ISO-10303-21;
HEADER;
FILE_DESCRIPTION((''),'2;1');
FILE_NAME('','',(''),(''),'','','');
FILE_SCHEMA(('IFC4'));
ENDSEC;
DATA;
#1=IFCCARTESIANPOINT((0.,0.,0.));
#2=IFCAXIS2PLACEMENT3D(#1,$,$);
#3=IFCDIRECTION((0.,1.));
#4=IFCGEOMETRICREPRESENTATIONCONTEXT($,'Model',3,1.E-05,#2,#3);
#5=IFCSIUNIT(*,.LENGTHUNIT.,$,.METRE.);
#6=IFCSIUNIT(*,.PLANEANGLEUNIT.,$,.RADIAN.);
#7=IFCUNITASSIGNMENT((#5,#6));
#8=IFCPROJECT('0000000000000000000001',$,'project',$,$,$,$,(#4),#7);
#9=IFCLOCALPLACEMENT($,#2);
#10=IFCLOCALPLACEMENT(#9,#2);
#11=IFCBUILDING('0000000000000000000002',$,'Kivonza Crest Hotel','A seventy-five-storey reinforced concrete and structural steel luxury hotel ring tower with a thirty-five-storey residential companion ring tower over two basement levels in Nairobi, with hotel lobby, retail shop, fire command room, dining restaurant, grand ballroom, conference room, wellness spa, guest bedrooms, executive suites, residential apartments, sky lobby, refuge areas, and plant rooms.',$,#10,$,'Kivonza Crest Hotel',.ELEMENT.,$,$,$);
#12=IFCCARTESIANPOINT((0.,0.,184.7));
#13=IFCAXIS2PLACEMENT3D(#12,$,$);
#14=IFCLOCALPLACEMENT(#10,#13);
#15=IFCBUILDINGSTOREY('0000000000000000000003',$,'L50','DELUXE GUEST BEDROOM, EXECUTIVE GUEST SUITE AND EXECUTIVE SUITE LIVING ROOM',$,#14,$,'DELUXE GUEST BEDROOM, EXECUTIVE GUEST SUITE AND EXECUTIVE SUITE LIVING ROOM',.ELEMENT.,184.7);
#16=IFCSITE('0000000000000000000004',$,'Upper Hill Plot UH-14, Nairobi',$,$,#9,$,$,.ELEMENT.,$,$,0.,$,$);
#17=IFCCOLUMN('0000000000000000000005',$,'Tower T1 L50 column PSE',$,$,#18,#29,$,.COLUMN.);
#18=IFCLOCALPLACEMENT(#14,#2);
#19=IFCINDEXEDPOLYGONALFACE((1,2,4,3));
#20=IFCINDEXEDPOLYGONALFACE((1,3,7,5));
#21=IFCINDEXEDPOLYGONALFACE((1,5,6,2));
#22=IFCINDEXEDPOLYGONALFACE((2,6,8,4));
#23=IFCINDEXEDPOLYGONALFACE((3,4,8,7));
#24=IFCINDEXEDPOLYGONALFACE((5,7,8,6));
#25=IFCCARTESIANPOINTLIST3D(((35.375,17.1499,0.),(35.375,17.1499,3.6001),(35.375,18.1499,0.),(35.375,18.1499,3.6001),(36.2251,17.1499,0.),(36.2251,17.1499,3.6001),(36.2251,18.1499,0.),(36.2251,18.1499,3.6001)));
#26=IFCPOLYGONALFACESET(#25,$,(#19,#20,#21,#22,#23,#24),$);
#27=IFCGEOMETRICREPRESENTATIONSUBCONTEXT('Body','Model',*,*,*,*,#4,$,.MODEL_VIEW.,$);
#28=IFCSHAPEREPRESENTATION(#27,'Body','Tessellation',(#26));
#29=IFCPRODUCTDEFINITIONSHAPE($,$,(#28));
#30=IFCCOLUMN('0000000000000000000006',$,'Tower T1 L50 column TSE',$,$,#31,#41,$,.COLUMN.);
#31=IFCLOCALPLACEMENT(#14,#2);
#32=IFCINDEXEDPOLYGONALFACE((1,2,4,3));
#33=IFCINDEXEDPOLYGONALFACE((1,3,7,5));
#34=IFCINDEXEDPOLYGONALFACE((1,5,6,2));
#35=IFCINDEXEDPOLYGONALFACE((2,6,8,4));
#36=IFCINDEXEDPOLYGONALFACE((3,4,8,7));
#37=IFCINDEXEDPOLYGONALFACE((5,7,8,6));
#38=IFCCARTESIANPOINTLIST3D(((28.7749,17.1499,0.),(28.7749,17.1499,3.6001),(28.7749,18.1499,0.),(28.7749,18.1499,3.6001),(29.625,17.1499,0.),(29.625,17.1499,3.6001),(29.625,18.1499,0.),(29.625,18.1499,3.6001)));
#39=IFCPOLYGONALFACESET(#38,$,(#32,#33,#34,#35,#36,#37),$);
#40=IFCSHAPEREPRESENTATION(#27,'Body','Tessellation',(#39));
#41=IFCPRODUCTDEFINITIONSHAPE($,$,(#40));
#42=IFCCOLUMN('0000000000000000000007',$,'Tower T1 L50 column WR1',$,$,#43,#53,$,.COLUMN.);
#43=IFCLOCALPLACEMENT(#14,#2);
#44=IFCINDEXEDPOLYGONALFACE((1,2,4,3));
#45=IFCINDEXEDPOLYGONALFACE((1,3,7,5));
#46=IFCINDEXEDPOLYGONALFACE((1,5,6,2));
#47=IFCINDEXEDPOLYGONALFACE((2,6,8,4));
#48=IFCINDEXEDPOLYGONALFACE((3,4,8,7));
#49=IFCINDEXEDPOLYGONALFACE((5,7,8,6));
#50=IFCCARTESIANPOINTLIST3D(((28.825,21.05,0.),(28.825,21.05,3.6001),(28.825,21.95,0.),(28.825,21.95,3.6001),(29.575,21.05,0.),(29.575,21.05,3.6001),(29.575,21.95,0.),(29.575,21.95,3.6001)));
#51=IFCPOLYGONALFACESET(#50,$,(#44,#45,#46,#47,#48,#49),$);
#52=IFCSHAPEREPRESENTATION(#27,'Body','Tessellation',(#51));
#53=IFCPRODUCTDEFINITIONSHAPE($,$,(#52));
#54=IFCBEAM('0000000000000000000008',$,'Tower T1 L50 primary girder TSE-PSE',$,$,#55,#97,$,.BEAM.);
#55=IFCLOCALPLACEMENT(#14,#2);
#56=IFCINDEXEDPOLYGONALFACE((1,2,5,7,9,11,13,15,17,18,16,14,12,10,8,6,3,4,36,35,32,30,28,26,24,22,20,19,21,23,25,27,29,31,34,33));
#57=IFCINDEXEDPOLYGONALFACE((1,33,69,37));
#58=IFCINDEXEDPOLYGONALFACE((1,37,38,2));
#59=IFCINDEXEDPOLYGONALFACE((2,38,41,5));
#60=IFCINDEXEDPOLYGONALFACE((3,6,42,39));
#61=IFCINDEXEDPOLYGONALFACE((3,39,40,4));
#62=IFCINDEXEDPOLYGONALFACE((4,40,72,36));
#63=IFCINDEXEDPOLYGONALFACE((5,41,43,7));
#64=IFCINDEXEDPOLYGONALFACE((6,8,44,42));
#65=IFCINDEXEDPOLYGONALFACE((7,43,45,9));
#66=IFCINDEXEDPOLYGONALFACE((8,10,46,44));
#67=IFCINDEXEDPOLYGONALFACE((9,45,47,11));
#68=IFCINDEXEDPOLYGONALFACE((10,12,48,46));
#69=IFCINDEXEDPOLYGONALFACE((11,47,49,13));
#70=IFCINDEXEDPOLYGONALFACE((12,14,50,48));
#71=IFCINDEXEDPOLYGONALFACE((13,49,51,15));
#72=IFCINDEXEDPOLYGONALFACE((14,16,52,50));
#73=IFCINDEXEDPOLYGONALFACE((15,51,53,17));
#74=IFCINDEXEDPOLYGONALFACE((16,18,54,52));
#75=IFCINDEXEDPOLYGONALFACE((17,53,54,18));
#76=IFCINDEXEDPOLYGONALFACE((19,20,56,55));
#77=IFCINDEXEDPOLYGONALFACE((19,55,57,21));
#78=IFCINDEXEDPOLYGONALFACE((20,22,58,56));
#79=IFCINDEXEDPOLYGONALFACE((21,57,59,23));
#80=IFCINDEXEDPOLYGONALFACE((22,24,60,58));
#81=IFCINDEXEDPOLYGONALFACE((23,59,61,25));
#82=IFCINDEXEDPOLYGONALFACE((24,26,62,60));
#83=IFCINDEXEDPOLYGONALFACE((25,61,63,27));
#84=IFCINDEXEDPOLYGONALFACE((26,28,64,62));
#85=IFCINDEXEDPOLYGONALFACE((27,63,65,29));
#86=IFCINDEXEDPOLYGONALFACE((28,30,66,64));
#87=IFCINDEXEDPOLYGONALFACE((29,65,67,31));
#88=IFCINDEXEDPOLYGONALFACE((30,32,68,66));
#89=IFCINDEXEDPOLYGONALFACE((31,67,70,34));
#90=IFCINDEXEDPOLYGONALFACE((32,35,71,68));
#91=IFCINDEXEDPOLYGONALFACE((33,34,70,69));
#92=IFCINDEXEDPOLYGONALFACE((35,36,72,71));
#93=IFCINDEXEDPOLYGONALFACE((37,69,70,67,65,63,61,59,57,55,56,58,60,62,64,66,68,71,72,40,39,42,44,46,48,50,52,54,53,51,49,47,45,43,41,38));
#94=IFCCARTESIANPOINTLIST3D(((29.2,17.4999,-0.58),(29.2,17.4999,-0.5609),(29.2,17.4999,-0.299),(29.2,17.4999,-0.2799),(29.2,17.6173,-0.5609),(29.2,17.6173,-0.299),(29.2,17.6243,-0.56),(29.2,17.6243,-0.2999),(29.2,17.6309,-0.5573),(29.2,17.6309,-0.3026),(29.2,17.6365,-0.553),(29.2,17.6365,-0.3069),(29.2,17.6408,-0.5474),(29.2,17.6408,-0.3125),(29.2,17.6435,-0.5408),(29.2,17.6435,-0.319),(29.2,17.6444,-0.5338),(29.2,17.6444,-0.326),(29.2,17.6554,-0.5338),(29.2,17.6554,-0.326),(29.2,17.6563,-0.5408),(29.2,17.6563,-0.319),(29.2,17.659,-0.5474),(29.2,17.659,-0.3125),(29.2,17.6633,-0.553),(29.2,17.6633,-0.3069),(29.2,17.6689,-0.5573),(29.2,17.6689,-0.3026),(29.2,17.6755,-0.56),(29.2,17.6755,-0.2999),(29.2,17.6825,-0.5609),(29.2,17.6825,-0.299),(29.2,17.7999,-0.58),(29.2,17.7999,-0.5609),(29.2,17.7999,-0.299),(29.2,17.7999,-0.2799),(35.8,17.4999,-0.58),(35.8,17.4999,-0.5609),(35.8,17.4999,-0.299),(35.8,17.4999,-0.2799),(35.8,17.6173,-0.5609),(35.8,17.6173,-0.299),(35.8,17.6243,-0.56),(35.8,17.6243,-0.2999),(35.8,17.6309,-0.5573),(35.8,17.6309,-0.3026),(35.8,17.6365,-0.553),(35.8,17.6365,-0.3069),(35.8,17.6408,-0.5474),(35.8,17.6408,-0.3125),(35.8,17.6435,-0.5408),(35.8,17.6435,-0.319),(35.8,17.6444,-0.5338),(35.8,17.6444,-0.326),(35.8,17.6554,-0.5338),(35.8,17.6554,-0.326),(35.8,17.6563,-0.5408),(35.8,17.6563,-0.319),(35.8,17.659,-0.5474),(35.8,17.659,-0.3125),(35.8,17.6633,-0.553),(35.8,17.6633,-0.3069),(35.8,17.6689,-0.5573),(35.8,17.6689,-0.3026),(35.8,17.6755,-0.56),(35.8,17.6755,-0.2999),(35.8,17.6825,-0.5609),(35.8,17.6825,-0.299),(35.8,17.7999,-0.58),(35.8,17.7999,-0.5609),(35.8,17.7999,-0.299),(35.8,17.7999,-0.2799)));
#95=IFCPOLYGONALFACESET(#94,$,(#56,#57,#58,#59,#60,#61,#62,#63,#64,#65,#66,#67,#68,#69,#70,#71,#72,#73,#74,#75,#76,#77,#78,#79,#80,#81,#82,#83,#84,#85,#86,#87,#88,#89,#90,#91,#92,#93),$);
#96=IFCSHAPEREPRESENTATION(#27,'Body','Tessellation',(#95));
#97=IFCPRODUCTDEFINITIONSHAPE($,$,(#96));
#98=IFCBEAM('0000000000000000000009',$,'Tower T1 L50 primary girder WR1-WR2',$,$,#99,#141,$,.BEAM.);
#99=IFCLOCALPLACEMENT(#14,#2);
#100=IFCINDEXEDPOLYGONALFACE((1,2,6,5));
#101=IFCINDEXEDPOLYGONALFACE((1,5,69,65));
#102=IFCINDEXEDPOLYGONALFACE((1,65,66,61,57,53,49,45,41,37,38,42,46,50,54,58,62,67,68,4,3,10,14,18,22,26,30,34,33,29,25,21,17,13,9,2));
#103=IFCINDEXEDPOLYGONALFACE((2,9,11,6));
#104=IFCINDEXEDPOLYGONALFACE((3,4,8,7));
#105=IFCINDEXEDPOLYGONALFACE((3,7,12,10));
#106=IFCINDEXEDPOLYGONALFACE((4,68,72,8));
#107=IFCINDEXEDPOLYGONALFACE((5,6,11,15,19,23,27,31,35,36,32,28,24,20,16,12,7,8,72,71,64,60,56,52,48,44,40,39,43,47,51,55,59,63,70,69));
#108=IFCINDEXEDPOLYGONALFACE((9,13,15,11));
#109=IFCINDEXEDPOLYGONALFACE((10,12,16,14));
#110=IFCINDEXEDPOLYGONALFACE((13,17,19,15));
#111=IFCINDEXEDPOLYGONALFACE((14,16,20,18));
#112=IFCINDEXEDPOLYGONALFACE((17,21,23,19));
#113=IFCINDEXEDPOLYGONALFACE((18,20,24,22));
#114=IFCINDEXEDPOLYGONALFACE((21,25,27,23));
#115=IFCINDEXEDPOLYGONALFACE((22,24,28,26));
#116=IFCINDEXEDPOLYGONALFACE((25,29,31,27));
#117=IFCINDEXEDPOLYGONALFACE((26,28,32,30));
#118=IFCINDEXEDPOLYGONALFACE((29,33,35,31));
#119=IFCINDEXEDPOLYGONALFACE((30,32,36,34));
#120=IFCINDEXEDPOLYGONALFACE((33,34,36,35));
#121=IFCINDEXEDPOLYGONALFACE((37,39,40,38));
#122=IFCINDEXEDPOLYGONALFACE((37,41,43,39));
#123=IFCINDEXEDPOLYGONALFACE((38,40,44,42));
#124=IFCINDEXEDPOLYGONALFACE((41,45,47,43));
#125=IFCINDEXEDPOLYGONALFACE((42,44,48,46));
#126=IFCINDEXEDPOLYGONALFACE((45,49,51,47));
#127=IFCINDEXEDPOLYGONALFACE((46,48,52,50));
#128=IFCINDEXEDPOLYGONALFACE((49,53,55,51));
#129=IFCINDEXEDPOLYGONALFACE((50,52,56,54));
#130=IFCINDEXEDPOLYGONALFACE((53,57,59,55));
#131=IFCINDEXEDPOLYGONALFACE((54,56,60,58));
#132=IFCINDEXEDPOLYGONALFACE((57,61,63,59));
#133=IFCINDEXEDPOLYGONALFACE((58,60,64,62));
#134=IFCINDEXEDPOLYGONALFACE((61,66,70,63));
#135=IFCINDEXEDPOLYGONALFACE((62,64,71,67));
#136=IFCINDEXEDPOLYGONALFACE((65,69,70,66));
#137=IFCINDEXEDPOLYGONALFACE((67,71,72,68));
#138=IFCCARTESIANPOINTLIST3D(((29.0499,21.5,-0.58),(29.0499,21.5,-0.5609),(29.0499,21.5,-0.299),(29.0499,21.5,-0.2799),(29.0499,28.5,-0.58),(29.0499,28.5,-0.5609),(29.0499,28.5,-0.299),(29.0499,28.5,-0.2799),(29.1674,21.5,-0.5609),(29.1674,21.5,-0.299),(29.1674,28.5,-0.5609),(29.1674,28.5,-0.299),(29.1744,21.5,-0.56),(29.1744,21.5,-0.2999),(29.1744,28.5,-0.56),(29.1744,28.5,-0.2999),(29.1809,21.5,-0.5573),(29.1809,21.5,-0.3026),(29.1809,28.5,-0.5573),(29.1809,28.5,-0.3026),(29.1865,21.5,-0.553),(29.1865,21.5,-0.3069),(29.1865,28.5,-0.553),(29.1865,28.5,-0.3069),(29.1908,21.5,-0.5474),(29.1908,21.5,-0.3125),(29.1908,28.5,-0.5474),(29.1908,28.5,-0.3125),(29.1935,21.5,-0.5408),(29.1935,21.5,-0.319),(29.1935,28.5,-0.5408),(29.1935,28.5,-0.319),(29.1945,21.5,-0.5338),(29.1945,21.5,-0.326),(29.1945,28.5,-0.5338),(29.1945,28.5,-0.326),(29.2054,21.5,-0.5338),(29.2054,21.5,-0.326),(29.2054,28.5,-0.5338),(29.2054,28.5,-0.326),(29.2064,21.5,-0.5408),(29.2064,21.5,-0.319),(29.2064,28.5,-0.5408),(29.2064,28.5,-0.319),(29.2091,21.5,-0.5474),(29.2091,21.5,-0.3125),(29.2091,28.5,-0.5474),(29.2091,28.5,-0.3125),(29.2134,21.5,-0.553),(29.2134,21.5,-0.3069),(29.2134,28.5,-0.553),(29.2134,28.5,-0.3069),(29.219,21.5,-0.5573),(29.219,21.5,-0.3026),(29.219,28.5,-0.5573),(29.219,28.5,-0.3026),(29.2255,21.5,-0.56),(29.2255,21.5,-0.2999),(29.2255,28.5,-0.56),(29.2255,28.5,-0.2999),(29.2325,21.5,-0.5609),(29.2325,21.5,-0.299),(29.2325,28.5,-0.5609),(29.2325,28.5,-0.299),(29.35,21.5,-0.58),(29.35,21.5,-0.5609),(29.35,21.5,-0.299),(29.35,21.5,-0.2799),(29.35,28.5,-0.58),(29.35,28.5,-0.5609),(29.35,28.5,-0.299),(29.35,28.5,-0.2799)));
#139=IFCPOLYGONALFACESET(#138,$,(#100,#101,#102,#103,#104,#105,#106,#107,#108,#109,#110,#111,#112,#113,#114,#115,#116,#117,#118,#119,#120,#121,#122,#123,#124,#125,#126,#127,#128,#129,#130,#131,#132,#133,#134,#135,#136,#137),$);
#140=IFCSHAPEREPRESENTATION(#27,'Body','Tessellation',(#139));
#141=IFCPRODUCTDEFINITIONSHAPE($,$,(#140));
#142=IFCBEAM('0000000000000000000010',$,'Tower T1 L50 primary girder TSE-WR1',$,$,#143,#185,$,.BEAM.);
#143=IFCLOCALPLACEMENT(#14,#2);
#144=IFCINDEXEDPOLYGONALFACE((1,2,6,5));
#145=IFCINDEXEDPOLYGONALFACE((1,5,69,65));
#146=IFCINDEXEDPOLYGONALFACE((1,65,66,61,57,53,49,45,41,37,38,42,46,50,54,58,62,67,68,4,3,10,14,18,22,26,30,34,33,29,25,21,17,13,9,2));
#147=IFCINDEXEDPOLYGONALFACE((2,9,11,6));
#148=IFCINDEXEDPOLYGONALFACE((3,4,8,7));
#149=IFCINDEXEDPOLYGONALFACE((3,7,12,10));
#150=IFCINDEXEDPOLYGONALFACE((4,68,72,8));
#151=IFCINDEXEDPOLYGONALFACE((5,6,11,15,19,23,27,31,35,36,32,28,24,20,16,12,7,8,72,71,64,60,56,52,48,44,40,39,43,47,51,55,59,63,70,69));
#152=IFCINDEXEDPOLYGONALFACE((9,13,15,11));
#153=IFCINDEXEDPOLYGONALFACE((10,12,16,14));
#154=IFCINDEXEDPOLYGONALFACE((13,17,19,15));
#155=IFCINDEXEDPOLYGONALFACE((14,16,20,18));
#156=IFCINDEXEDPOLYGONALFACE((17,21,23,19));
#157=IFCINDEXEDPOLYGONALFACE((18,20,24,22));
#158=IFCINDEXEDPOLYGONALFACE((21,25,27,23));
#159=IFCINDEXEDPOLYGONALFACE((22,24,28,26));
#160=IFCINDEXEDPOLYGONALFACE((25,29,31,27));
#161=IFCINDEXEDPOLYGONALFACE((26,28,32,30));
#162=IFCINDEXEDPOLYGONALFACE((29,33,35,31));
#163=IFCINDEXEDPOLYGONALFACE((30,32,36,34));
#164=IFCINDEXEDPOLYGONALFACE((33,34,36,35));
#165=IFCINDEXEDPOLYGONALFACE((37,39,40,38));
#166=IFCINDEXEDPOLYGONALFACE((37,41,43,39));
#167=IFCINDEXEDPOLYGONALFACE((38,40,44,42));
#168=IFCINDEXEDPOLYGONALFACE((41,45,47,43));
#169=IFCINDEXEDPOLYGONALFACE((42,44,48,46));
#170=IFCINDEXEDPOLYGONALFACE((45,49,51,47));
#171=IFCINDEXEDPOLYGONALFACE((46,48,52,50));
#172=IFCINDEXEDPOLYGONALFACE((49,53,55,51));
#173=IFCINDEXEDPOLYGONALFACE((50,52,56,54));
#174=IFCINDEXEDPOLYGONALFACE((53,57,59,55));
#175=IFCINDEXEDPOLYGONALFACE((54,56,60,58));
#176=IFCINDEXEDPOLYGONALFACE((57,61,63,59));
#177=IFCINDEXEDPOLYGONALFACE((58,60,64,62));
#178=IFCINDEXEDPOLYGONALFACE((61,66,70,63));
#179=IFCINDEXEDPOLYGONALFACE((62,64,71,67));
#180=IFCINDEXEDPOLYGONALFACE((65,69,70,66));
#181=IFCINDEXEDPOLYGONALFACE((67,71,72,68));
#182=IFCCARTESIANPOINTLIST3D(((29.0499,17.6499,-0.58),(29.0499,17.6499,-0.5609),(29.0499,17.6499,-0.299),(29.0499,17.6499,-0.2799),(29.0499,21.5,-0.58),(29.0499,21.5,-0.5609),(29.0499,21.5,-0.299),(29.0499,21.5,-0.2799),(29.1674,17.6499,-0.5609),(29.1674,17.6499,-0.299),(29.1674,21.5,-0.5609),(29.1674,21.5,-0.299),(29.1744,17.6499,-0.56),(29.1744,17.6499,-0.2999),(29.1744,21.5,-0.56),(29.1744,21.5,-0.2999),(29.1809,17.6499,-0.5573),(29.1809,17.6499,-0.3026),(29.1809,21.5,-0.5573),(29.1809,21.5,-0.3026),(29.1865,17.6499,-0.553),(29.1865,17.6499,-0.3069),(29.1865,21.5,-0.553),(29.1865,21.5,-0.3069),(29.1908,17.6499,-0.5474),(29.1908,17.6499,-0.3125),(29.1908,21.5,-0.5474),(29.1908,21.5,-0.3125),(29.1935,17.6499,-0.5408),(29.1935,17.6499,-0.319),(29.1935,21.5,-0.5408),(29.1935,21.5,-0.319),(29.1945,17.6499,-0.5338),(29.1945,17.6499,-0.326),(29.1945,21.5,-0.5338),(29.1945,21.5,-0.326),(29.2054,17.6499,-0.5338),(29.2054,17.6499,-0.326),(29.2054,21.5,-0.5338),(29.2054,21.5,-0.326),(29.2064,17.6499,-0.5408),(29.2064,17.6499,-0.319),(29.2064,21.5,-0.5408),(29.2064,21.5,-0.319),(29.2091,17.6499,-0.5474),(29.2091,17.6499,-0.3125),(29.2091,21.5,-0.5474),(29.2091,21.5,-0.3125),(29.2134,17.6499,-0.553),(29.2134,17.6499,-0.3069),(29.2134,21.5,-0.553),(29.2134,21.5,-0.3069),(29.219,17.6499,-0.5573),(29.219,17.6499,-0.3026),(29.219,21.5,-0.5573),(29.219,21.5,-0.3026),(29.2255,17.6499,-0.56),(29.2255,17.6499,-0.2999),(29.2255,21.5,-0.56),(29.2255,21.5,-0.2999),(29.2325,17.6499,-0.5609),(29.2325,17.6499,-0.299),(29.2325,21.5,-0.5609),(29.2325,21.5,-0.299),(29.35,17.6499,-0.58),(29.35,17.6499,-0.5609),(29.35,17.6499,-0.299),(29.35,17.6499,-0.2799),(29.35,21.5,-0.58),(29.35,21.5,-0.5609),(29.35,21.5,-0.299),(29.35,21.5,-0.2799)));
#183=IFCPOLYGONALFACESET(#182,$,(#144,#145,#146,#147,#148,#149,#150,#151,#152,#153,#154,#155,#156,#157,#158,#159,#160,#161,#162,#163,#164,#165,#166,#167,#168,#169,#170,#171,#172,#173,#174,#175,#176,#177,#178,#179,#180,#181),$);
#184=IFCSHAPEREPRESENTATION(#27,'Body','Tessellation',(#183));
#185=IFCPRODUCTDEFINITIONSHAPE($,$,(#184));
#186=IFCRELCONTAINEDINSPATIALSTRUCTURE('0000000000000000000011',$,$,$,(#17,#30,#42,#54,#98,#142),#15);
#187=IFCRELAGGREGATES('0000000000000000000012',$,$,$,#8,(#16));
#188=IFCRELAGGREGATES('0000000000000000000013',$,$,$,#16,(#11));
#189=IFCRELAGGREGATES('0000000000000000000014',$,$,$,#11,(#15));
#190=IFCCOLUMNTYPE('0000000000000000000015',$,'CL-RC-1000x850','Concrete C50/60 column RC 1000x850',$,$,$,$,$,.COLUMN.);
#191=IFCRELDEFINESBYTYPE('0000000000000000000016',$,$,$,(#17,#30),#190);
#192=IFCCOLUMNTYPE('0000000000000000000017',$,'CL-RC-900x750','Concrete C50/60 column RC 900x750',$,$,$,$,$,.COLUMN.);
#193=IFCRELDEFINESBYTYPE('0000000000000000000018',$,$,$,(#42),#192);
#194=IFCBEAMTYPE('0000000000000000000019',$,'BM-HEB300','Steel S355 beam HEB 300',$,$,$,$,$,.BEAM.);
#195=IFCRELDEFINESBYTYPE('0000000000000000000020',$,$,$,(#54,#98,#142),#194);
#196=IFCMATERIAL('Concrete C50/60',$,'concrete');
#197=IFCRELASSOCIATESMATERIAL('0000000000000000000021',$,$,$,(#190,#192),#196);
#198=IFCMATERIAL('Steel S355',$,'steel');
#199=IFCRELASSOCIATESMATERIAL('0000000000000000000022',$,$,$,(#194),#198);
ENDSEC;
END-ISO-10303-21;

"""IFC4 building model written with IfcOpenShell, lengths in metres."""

from ifc_helpers import new_model, si_unit, direction, frame, origin, origin_2d, place, context, subcontext, project, spatial, rectangle, i_section, extrude, material, material_profile, profile_set, type_object, element, save


model = new_model("IFC4")

# Units and contexts
model_context = context("Model", 3, precision=1e-05, world=origin(), true_north=direction((0.0, 1.0)))
body_context = subcontext(model_context, "Body", "Model", "MODEL_VIEW")
ifc_project = project(units=[si_unit("LENGTHUNIT", "METRE"), si_unit("PLANEANGLEUNIT", "RADIAN")], contexts=[model_context])

# Site, building, storey
site_placement = place(None, origin())
site = spatial("IfcSite", under=ifc_project, at=site_placement, Name="Upper Hill Plot UH-14, Nairobi", CompositionType="ELEMENT", RefElevation=0.0)
building_placement = place(site_placement, origin())
building = spatial("IfcBuilding", under=site, at=building_placement, Name="Kivonza Crest Hotel", Description="A seventy-five-storey reinforced concrete and structural steel luxury hotel ring tower with a thirty-five-storey residential companion ring tower over two basement levels in Nairobi, with hotel lobby, retail shop, fire command room, dining restaurant, grand ballroom, conference room, wellness spa, guest bedrooms, executive suites, residential apartments, sky lobby, refuge areas, and plant rooms.", LongName="Kivonza Crest Hotel", CompositionType="ELEMENT")
storey_placement = place(building_placement, frame((0.0, 0.0, 184.7)))
storey = spatial("IfcBuildingStorey", under=building, at=storey_placement, Name="L50", Description="DELUXE GUEST BEDROOM, EXECUTIVE GUEST SUITE AND EXECUTIVE SUITE LIVING ROOM", LongName="DELUXE GUEST BEDROOM, EXECUTIVE GUEST SUITE AND EXECUTIVE SUITE LIVING ROOM", CompositionType="ELEMENT", Elevation=184.7)

# Columns
ifc_material_1 = material(Name="Concrete C50/60", Category="concrete")
ifc_material_profile_1 = material_profile(ifc_material_1, rectangle(XDim=0.8501, YDim=1.0, at=origin_2d()), Name="RC 1000x850")
ifc_profile_set_1 = profile_set([ifc_material_profile_1], Name="Concrete C50/60")
column_type_1 = type_object("IfcColumnType", Name="CL-RC-1000x850", Description="Concrete C50/60 column RC 1000x850", PredefinedType="COLUMN", material=ifc_profile_set_1)
for number, where, z_axis, x_axis, name in (
    (1, (35.8, 17.6499, 0.0), (0.0, 0.0, 1.0), (1.0, 0.0, 0.0), "Tower T1 L50 column PSE"),
    (2, (29.2, 17.6499, 0.0), (0.0, 0.0, 1.0), (1.0, 0.0, 0.0), "Tower T1 L50 column TSE"),
):
    element("IfcColumn", number, at=place(storey_placement, frame(where, z_axis=z_axis, x_axis=x_axis)), inside=storey, type_object=column_type_1, Name=name, PredefinedType="COLUMN", context=body_context, shape_type="SweptSolid", body=[
        extrude(rectangle(XDim=0.8501, YDim=1.0, at=origin_2d()), origin(), (0.0, 0.0, 1.0), 3.6001),
    ])
ifc_material_profile_2 = material_profile(ifc_material_1, rectangle(XDim=0.75, YDim=0.8999, at=origin_2d()), Name="RC 900x750")
ifc_profile_set_2 = profile_set([ifc_material_profile_2], Name="Concrete C50/60")
column_type_2 = type_object("IfcColumnType", Name="CL-RC-900x750", Description="Concrete C50/60 column RC 900x750", PredefinedType="COLUMN", material=ifc_profile_set_2)
column_placement = place(storey_placement, frame((29.2, 21.5, 0.0), z_axis=(0.0, 0.0, 1.0), x_axis=(1.0, 0.0, 0.0)))
element("IfcColumn", 3, at=column_placement, inside=storey, type_object=column_type_2, Name="Tower T1 L50 column WR1", PredefinedType="COLUMN", context=body_context, shape_type="SweptSolid", body=[
    extrude(rectangle(XDim=0.75, YDim=0.8999, at=origin_2d()), origin(), (0.0, 0.0, 1.0), 3.6001),
])

# Beams
ifc_material_2 = material(Name="Steel S355", Category="steel")
ifc_material_profile_3 = material_profile(ifc_material_2, i_section(OverallWidth=0.3, OverallDepth=0.3, WebThickness=0.011, FlangeThickness=0.019, FilletRadius=0.0271, at=origin_2d()), Name="HEB 300")
ifc_profile_set_3 = profile_set([ifc_material_profile_3], Name="Steel S355")
beam_type = type_object("IfcBeamType", Name="BM-HEB300", Description="Steel S355 beam HEB 300", PredefinedType="BEAM", material=ifc_profile_set_3)
beam_1_placement = place(storey_placement, frame((29.2, 17.6499, -0.4299), z_axis=(1.0, 0.0, 0.0), x_axis=(0.0, 1.0, 0.0)))
element("IfcBeam", 4, at=beam_1_placement, inside=storey, type_object=beam_type, Name="Tower T1 L50 primary girder TSE-PSE", PredefinedType="BEAM", context=body_context, shape_type="SweptSolid", body=[
    extrude(i_section(OverallWidth=0.3, OverallDepth=0.3, WebThickness=0.011, FlangeThickness=0.019, FilletRadius=0.0271, at=origin_2d()), origin(), (0.0, 0.0, 1.0), 6.6001),
])
beam_2_placement = place(storey_placement, frame((29.2, 21.5, -0.4299), z_axis=(0.0, 1.0, 0.0), x_axis=(-1.0, 0.0, 0.0)))
element("IfcBeam", 5, at=beam_2_placement, inside=storey, type_object=beam_type, Name="Tower T1 L50 primary girder WR1-WR2", PredefinedType="BEAM", context=body_context, shape_type="SweptSolid", body=[
    extrude(i_section(OverallWidth=0.3, OverallDepth=0.3, WebThickness=0.011, FlangeThickness=0.019, FilletRadius=0.0271, at=origin_2d()), origin(), (0.0, 0.0, 1.0), 7.0),
])
beam_3_placement = place(storey_placement, frame((29.2, 17.6499, -0.4299), z_axis=(0.0, 1.0, 0.0), x_axis=(-1.0, 0.0, 0.0)))
element("IfcBeam", 6, at=beam_3_placement, inside=storey, type_object=beam_type, Name="Tower T1 L50 primary girder TSE-WR1", PredefinedType="BEAM", context=body_context, shape_type="SweptSolid", body=[
    extrude(i_section(OverallWidth=0.3, OverallDepth=0.3, WebThickness=0.011, FlangeThickness=0.019, FilletRadius=0.0271, at=origin_2d()), origin(), (0.0, 0.0, 1.0), 3.8501),
])

save(model, "model.ifc")
